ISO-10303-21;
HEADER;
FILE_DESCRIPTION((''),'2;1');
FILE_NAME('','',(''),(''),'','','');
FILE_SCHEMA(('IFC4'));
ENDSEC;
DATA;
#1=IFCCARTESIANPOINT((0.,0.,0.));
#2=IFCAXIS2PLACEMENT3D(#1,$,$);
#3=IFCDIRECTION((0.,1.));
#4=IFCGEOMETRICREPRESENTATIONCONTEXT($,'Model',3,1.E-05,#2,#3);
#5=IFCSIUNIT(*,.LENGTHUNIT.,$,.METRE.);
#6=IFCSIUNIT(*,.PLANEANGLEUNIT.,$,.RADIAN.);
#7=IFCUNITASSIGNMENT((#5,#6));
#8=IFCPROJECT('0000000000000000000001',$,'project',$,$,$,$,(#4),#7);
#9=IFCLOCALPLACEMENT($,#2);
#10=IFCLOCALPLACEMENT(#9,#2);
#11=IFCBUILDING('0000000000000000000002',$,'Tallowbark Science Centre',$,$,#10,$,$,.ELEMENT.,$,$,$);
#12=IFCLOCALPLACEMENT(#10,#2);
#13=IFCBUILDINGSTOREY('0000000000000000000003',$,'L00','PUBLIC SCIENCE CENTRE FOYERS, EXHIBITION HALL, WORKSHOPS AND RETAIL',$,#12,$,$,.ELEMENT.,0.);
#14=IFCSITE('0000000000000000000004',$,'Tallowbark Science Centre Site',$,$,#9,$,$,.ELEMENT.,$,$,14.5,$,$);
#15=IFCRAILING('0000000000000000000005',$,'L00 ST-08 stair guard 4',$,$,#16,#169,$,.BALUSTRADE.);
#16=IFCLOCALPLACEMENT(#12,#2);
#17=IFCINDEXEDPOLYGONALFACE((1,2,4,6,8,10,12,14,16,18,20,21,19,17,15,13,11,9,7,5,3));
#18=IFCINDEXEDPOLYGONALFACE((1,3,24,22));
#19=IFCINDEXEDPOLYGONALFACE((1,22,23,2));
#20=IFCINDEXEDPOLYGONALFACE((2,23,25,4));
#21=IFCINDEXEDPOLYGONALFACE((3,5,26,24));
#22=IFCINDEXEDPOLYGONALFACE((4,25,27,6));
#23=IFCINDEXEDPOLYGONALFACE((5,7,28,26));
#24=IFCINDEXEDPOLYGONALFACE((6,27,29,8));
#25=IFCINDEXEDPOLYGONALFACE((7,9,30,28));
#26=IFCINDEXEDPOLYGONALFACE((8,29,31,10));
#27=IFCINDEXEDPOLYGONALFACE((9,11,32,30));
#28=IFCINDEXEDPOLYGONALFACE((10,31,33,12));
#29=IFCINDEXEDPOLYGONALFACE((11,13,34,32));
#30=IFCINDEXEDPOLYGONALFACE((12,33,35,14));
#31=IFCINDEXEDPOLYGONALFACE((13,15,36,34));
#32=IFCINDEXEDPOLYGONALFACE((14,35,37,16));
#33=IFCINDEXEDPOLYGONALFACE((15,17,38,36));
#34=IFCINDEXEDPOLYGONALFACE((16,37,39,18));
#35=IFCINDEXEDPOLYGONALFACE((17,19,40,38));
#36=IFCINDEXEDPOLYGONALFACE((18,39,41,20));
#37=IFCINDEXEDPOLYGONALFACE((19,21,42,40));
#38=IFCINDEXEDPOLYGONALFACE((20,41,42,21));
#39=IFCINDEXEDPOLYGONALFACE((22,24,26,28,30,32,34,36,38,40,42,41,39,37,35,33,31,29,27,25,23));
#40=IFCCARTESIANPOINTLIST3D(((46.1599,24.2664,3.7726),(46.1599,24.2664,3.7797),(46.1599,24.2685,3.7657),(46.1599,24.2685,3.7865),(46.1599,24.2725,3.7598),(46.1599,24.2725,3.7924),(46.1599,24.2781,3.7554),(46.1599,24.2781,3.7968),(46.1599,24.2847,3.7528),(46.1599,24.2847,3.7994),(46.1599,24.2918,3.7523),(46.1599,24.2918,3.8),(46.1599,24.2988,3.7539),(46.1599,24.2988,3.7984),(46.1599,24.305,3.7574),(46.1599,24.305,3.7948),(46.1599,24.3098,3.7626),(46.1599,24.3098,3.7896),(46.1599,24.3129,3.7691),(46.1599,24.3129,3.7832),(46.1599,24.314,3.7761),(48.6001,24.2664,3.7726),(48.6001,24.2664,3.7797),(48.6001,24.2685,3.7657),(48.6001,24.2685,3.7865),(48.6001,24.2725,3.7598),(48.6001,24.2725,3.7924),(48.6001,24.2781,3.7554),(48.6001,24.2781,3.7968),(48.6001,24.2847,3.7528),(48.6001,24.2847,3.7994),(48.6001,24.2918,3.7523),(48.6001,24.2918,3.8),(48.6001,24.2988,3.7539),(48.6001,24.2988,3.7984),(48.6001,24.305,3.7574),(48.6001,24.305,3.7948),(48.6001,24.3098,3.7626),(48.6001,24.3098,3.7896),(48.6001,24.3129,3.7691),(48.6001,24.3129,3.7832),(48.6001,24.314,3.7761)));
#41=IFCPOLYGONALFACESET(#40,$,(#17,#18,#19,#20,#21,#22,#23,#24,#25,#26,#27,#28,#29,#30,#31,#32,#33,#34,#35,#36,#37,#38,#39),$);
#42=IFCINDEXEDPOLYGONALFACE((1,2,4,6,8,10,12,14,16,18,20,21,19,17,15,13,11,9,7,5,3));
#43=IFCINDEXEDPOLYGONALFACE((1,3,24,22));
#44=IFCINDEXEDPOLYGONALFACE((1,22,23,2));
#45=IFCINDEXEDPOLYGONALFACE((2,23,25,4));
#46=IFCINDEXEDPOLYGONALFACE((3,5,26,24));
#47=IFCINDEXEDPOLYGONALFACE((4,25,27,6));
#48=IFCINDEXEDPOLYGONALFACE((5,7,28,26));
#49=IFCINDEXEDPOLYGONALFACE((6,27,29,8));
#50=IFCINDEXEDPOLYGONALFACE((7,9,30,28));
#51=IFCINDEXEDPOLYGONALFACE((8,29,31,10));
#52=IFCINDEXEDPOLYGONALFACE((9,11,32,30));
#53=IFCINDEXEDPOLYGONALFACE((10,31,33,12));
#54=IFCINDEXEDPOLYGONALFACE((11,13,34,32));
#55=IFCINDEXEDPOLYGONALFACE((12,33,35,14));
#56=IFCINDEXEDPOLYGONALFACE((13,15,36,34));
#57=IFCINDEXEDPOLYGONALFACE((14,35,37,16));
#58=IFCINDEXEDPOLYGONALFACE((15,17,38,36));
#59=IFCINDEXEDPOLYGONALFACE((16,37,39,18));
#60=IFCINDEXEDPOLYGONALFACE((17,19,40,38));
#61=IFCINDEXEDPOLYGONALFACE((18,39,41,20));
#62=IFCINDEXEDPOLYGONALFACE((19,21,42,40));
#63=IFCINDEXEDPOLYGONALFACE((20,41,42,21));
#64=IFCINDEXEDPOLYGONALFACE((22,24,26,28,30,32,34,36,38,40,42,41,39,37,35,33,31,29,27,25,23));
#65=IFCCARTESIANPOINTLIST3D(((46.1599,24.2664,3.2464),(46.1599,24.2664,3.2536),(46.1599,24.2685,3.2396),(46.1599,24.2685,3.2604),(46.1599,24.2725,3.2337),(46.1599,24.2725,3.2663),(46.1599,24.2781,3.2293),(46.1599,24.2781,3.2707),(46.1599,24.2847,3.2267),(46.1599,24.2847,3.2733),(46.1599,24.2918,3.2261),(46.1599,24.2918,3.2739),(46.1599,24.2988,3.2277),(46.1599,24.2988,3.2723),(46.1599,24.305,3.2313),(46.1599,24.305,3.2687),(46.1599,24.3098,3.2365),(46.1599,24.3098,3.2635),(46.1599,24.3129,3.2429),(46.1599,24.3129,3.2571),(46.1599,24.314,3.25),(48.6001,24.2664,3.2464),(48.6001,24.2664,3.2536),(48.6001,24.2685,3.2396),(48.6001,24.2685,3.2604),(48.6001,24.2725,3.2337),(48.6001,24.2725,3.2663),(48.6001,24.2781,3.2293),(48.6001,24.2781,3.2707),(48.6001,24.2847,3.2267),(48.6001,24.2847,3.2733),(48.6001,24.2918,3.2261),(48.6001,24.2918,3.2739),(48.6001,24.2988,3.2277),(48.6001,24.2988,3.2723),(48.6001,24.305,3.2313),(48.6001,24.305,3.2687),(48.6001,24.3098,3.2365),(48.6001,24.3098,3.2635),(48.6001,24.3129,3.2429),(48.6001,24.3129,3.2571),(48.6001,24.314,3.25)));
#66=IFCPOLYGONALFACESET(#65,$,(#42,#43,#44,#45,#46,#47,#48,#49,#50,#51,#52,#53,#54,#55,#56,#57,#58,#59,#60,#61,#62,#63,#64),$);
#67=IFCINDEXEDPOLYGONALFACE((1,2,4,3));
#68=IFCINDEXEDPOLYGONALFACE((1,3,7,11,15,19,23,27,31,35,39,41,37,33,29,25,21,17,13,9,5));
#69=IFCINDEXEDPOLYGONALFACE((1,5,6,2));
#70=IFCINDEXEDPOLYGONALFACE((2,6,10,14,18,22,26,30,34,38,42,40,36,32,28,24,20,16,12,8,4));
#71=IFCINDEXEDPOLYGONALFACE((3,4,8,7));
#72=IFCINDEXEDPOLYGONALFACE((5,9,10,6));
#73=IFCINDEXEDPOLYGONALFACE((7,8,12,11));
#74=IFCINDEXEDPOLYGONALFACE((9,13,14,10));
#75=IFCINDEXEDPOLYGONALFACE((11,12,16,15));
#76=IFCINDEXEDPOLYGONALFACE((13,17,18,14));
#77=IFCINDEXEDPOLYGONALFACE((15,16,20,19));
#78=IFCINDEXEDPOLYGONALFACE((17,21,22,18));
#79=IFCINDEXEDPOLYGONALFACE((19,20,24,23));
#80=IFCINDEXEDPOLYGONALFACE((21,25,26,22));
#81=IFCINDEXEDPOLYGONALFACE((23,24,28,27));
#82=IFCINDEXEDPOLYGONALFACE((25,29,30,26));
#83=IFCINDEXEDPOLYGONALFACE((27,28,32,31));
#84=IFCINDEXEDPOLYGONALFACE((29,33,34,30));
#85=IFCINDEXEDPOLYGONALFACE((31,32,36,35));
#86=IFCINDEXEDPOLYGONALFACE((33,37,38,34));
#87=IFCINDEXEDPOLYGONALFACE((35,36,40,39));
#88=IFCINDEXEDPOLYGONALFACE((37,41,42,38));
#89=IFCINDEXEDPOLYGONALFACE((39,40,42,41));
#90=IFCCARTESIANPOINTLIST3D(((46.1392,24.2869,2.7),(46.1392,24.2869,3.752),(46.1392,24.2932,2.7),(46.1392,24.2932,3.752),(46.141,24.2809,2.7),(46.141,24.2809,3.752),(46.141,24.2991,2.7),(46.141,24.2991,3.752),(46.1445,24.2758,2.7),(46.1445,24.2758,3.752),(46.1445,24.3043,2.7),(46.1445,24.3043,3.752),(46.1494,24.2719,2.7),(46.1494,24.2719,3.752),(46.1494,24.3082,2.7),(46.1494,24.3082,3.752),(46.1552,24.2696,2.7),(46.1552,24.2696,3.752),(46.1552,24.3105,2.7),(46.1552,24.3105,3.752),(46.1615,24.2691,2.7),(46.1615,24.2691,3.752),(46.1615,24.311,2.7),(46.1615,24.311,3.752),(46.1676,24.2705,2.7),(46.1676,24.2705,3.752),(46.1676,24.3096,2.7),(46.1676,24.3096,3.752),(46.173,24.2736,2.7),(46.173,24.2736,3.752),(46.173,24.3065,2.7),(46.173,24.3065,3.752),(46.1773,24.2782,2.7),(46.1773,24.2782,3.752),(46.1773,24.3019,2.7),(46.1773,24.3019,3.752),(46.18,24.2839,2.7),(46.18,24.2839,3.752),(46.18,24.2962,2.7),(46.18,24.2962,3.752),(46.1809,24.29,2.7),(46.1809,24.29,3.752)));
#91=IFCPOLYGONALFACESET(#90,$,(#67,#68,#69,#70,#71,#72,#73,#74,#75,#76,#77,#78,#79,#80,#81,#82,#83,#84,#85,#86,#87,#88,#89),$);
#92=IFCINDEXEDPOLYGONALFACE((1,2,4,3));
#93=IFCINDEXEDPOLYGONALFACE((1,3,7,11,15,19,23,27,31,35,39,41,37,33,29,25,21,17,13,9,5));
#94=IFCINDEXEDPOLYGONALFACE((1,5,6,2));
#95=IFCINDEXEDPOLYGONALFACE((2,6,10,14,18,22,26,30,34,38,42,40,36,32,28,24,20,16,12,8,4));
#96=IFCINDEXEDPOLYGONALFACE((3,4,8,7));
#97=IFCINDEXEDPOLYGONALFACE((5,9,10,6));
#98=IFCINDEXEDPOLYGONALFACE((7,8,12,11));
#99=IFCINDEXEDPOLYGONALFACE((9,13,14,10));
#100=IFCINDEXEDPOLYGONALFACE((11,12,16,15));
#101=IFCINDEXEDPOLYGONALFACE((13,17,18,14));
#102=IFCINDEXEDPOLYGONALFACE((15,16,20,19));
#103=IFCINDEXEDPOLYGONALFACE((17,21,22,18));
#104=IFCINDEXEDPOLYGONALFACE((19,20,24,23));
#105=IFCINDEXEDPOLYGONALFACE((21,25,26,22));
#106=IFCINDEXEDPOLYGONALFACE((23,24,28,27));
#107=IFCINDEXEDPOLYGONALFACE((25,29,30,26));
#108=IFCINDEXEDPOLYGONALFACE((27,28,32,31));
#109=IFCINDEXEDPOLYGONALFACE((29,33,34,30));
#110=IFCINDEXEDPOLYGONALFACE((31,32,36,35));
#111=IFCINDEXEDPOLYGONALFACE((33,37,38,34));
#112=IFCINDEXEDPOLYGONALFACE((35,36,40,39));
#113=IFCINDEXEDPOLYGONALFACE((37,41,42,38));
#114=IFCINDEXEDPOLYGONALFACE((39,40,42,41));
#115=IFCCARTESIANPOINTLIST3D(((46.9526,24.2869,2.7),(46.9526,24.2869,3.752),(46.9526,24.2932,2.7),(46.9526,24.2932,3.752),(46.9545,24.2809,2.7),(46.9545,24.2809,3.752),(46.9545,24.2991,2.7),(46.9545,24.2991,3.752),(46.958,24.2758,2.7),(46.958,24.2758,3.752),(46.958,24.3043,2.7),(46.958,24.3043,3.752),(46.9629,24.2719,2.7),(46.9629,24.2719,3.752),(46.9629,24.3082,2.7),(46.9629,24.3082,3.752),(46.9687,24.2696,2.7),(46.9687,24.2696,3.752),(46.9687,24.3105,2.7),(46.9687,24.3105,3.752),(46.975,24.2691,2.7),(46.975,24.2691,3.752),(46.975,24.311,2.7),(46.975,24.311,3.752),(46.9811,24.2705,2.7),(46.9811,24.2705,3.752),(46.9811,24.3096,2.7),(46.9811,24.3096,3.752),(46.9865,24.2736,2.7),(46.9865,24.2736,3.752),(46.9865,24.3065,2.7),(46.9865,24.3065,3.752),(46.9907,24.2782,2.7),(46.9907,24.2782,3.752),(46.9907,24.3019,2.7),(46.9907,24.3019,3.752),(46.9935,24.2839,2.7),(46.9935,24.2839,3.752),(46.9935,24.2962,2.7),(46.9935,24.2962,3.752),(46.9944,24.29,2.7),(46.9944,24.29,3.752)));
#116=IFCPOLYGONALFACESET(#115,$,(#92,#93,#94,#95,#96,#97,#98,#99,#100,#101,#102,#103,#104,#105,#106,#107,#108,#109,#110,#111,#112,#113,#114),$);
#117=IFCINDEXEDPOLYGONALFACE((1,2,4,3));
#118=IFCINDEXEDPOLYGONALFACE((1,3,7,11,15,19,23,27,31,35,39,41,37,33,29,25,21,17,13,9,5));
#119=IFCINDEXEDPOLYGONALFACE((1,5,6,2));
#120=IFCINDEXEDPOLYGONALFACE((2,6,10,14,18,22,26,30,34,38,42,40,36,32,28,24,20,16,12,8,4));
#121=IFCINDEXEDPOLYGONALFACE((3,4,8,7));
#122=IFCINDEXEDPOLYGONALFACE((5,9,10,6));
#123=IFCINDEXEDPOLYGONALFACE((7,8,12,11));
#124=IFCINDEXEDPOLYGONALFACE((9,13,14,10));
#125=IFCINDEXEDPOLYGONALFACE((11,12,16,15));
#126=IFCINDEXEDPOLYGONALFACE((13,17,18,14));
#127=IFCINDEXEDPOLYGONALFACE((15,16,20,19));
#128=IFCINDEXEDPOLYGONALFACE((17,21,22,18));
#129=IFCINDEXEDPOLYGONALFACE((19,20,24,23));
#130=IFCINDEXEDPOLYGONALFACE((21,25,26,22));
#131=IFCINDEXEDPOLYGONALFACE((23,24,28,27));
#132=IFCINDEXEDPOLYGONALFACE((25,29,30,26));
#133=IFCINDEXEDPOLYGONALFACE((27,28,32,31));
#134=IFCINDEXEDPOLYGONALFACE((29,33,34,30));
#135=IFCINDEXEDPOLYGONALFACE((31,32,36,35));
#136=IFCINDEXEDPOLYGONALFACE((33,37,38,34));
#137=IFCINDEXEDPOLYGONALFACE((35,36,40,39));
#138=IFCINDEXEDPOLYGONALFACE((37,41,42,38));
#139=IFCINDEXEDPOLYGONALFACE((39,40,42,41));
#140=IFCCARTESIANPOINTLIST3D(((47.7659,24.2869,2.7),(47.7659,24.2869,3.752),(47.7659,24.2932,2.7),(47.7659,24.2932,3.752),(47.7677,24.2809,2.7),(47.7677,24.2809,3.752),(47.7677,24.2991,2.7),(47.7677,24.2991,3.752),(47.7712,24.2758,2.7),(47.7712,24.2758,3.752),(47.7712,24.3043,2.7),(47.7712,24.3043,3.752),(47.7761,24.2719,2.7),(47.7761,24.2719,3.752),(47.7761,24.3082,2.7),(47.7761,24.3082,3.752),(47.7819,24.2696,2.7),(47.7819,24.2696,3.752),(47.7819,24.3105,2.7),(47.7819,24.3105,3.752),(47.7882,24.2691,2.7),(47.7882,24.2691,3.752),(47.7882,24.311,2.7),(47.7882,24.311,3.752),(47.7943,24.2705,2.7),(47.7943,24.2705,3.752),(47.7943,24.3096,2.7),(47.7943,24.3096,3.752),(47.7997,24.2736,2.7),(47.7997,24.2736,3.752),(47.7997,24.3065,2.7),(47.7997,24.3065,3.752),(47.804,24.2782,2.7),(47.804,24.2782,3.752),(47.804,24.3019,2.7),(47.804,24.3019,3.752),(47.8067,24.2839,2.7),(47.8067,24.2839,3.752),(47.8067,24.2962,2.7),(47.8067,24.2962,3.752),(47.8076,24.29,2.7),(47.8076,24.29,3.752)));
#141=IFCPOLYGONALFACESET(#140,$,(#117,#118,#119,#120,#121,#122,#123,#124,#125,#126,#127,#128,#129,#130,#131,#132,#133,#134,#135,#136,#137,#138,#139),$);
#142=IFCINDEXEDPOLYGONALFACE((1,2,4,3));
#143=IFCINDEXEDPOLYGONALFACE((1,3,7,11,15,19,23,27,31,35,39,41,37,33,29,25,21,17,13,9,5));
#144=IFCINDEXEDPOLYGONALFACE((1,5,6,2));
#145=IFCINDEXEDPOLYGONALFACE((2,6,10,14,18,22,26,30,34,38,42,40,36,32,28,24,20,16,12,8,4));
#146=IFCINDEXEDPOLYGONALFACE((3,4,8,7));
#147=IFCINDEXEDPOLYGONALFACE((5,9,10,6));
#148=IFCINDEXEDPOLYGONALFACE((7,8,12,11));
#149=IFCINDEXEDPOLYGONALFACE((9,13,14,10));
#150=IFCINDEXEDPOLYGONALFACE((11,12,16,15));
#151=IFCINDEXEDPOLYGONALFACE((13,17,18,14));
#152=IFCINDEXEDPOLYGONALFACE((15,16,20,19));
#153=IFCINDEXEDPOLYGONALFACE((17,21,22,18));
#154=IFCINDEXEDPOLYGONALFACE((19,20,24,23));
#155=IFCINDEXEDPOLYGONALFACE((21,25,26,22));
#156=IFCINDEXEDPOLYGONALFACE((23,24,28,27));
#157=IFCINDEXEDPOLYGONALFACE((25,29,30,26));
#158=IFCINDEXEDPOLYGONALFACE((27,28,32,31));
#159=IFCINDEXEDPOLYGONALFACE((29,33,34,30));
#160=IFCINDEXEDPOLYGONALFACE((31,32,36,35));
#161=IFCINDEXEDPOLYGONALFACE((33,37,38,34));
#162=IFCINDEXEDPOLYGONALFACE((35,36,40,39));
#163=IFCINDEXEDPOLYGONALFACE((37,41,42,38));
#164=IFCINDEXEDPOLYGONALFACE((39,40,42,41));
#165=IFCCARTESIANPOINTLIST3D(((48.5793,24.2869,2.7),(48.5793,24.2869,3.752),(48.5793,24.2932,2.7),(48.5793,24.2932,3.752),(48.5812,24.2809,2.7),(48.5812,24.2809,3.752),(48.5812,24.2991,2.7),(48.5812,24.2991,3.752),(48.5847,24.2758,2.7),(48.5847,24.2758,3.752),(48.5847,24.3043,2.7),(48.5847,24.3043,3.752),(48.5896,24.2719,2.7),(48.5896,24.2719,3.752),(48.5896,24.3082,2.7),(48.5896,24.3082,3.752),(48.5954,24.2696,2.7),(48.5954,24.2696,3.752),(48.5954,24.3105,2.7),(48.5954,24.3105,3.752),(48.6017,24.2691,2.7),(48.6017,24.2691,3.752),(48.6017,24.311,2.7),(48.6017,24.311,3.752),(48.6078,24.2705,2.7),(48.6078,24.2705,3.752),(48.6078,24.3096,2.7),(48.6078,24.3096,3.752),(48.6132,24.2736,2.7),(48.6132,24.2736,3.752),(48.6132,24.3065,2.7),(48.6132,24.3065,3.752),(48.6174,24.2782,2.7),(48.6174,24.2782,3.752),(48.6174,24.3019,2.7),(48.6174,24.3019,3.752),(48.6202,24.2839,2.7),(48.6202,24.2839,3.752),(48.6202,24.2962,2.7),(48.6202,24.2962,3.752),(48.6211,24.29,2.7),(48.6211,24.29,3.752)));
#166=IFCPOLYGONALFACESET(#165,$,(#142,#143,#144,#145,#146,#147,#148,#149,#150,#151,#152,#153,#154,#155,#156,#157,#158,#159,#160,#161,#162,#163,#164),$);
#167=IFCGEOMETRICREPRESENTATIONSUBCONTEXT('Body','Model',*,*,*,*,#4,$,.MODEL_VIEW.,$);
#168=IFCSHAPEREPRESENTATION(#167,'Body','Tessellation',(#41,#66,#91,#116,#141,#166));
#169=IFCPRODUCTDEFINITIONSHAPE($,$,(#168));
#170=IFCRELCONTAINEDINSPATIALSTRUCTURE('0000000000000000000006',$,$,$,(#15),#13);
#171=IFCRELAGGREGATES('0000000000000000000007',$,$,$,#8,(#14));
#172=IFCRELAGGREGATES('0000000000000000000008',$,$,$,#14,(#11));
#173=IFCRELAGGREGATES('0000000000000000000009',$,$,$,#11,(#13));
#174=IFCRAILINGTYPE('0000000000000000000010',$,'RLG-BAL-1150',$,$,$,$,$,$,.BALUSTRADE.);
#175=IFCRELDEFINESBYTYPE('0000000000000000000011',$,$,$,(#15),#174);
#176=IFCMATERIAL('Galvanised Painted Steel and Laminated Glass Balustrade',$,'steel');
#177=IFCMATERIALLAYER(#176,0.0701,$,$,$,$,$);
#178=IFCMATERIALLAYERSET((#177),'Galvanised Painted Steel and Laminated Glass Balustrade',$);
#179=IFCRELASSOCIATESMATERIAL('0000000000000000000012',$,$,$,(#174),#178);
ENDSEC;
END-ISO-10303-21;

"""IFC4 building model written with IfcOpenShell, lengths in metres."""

from ifc_helpers import new_model, si_unit, direction, frame, origin, origin_2d, place, context, subcontext, project, spatial, circle, extrude, material, layer, layer_set, type_object, element, save


model = new_model("IFC4")

# Units and contexts
model_context = context("Model", 3, precision=1e-05, world=origin(), true_north=direction((0.0, 1.0)))
body_context = subcontext(model_context, "Body", "Model", "MODEL_VIEW")
ifc_project = project(units=[si_unit("LENGTHUNIT", "METRE"), si_unit("PLANEANGLEUNIT", "RADIAN")], contexts=[model_context])

# Site, building, storey
site_placement = place(None, origin())
site = spatial("IfcSite", under=ifc_project, at=site_placement, Name="Tallowbark Science Centre Site", CompositionType="ELEMENT", RefElevation=14.5)
building_placement = place(site_placement, origin())
building = spatial("IfcBuilding", under=site, at=building_placement, Name="Tallowbark Science Centre", CompositionType="ELEMENT")
storey_placement = place(building_placement, origin())
storey = spatial("IfcBuildingStorey", under=building, at=storey_placement, Name="L00", Description="PUBLIC SCIENCE CENTRE FOYERS, EXHIBITION HALL, WORKSHOPS AND RETAIL", CompositionType="ELEMENT", Elevation=0.0)

# Railing
ifc_material_1 = material(Name="Galvanised Painted Steel and Laminated Glass Balustrade", Category="steel")
ifc_layer_1 = layer(ifc_material_1, 0.0701)
ifc_layer_set_1 = layer_set([ifc_layer_1], Name="Galvanised Painted Steel and Laminated Glass Balustrade")
railing_type_1 = type_object("IfcRailingType", Name="RLG-BAL-1150", PredefinedType="BALUSTRADE", material=ifc_layer_set_1)
railing_1_placement = place(storey_placement, frame((46.1599, 24.29, 2.7)))
element("IfcRailing", 1, at=railing_1_placement, inside=storey, type_object=railing_type_1, Name="L00 ST-08 stair guard 4", PredefinedType="BALUSTRADE", context=body_context, shape_type="SweptSolid", body=[
    extrude(circle(Radius=0.0239, at=origin_2d()), frame((0.0, 0.0, 1.0762), z_axis=(1.0, 0.0, 0.0), x_axis=(0.0, 1.0, 0.0)), (0.0, 0.0, 1.0), 2.4402),
    extrude(circle(Radius=0.0239, at=origin_2d()), frame((0.0, 0.0, 0.55), z_axis=(1.0, 0.0, 0.0), x_axis=(0.0, 1.0, 0.0)), (0.0, 0.0, 1.0), 2.4402),
    extrude(circle(Radius=0.021, at=origin_2d()), origin(), (0.0, 0.0, 1.0), 1.052),
    extrude(circle(Radius=0.021, at=origin_2d()), frame((0.8135, 0.0, 0.0)), (0.0, 0.0, 1.0), 1.052),
    extrude(circle(Radius=0.021, at=origin_2d()), frame((1.6267, 0.0, 0.0)), (0.0, 0.0, 1.0), 1.052),
    extrude(circle(Radius=0.021, at=origin_2d()), frame((2.4402, 0.0, 0.0)), (0.0, 0.0, 1.0), 1.052),
])

save(model, "model.ifc")
